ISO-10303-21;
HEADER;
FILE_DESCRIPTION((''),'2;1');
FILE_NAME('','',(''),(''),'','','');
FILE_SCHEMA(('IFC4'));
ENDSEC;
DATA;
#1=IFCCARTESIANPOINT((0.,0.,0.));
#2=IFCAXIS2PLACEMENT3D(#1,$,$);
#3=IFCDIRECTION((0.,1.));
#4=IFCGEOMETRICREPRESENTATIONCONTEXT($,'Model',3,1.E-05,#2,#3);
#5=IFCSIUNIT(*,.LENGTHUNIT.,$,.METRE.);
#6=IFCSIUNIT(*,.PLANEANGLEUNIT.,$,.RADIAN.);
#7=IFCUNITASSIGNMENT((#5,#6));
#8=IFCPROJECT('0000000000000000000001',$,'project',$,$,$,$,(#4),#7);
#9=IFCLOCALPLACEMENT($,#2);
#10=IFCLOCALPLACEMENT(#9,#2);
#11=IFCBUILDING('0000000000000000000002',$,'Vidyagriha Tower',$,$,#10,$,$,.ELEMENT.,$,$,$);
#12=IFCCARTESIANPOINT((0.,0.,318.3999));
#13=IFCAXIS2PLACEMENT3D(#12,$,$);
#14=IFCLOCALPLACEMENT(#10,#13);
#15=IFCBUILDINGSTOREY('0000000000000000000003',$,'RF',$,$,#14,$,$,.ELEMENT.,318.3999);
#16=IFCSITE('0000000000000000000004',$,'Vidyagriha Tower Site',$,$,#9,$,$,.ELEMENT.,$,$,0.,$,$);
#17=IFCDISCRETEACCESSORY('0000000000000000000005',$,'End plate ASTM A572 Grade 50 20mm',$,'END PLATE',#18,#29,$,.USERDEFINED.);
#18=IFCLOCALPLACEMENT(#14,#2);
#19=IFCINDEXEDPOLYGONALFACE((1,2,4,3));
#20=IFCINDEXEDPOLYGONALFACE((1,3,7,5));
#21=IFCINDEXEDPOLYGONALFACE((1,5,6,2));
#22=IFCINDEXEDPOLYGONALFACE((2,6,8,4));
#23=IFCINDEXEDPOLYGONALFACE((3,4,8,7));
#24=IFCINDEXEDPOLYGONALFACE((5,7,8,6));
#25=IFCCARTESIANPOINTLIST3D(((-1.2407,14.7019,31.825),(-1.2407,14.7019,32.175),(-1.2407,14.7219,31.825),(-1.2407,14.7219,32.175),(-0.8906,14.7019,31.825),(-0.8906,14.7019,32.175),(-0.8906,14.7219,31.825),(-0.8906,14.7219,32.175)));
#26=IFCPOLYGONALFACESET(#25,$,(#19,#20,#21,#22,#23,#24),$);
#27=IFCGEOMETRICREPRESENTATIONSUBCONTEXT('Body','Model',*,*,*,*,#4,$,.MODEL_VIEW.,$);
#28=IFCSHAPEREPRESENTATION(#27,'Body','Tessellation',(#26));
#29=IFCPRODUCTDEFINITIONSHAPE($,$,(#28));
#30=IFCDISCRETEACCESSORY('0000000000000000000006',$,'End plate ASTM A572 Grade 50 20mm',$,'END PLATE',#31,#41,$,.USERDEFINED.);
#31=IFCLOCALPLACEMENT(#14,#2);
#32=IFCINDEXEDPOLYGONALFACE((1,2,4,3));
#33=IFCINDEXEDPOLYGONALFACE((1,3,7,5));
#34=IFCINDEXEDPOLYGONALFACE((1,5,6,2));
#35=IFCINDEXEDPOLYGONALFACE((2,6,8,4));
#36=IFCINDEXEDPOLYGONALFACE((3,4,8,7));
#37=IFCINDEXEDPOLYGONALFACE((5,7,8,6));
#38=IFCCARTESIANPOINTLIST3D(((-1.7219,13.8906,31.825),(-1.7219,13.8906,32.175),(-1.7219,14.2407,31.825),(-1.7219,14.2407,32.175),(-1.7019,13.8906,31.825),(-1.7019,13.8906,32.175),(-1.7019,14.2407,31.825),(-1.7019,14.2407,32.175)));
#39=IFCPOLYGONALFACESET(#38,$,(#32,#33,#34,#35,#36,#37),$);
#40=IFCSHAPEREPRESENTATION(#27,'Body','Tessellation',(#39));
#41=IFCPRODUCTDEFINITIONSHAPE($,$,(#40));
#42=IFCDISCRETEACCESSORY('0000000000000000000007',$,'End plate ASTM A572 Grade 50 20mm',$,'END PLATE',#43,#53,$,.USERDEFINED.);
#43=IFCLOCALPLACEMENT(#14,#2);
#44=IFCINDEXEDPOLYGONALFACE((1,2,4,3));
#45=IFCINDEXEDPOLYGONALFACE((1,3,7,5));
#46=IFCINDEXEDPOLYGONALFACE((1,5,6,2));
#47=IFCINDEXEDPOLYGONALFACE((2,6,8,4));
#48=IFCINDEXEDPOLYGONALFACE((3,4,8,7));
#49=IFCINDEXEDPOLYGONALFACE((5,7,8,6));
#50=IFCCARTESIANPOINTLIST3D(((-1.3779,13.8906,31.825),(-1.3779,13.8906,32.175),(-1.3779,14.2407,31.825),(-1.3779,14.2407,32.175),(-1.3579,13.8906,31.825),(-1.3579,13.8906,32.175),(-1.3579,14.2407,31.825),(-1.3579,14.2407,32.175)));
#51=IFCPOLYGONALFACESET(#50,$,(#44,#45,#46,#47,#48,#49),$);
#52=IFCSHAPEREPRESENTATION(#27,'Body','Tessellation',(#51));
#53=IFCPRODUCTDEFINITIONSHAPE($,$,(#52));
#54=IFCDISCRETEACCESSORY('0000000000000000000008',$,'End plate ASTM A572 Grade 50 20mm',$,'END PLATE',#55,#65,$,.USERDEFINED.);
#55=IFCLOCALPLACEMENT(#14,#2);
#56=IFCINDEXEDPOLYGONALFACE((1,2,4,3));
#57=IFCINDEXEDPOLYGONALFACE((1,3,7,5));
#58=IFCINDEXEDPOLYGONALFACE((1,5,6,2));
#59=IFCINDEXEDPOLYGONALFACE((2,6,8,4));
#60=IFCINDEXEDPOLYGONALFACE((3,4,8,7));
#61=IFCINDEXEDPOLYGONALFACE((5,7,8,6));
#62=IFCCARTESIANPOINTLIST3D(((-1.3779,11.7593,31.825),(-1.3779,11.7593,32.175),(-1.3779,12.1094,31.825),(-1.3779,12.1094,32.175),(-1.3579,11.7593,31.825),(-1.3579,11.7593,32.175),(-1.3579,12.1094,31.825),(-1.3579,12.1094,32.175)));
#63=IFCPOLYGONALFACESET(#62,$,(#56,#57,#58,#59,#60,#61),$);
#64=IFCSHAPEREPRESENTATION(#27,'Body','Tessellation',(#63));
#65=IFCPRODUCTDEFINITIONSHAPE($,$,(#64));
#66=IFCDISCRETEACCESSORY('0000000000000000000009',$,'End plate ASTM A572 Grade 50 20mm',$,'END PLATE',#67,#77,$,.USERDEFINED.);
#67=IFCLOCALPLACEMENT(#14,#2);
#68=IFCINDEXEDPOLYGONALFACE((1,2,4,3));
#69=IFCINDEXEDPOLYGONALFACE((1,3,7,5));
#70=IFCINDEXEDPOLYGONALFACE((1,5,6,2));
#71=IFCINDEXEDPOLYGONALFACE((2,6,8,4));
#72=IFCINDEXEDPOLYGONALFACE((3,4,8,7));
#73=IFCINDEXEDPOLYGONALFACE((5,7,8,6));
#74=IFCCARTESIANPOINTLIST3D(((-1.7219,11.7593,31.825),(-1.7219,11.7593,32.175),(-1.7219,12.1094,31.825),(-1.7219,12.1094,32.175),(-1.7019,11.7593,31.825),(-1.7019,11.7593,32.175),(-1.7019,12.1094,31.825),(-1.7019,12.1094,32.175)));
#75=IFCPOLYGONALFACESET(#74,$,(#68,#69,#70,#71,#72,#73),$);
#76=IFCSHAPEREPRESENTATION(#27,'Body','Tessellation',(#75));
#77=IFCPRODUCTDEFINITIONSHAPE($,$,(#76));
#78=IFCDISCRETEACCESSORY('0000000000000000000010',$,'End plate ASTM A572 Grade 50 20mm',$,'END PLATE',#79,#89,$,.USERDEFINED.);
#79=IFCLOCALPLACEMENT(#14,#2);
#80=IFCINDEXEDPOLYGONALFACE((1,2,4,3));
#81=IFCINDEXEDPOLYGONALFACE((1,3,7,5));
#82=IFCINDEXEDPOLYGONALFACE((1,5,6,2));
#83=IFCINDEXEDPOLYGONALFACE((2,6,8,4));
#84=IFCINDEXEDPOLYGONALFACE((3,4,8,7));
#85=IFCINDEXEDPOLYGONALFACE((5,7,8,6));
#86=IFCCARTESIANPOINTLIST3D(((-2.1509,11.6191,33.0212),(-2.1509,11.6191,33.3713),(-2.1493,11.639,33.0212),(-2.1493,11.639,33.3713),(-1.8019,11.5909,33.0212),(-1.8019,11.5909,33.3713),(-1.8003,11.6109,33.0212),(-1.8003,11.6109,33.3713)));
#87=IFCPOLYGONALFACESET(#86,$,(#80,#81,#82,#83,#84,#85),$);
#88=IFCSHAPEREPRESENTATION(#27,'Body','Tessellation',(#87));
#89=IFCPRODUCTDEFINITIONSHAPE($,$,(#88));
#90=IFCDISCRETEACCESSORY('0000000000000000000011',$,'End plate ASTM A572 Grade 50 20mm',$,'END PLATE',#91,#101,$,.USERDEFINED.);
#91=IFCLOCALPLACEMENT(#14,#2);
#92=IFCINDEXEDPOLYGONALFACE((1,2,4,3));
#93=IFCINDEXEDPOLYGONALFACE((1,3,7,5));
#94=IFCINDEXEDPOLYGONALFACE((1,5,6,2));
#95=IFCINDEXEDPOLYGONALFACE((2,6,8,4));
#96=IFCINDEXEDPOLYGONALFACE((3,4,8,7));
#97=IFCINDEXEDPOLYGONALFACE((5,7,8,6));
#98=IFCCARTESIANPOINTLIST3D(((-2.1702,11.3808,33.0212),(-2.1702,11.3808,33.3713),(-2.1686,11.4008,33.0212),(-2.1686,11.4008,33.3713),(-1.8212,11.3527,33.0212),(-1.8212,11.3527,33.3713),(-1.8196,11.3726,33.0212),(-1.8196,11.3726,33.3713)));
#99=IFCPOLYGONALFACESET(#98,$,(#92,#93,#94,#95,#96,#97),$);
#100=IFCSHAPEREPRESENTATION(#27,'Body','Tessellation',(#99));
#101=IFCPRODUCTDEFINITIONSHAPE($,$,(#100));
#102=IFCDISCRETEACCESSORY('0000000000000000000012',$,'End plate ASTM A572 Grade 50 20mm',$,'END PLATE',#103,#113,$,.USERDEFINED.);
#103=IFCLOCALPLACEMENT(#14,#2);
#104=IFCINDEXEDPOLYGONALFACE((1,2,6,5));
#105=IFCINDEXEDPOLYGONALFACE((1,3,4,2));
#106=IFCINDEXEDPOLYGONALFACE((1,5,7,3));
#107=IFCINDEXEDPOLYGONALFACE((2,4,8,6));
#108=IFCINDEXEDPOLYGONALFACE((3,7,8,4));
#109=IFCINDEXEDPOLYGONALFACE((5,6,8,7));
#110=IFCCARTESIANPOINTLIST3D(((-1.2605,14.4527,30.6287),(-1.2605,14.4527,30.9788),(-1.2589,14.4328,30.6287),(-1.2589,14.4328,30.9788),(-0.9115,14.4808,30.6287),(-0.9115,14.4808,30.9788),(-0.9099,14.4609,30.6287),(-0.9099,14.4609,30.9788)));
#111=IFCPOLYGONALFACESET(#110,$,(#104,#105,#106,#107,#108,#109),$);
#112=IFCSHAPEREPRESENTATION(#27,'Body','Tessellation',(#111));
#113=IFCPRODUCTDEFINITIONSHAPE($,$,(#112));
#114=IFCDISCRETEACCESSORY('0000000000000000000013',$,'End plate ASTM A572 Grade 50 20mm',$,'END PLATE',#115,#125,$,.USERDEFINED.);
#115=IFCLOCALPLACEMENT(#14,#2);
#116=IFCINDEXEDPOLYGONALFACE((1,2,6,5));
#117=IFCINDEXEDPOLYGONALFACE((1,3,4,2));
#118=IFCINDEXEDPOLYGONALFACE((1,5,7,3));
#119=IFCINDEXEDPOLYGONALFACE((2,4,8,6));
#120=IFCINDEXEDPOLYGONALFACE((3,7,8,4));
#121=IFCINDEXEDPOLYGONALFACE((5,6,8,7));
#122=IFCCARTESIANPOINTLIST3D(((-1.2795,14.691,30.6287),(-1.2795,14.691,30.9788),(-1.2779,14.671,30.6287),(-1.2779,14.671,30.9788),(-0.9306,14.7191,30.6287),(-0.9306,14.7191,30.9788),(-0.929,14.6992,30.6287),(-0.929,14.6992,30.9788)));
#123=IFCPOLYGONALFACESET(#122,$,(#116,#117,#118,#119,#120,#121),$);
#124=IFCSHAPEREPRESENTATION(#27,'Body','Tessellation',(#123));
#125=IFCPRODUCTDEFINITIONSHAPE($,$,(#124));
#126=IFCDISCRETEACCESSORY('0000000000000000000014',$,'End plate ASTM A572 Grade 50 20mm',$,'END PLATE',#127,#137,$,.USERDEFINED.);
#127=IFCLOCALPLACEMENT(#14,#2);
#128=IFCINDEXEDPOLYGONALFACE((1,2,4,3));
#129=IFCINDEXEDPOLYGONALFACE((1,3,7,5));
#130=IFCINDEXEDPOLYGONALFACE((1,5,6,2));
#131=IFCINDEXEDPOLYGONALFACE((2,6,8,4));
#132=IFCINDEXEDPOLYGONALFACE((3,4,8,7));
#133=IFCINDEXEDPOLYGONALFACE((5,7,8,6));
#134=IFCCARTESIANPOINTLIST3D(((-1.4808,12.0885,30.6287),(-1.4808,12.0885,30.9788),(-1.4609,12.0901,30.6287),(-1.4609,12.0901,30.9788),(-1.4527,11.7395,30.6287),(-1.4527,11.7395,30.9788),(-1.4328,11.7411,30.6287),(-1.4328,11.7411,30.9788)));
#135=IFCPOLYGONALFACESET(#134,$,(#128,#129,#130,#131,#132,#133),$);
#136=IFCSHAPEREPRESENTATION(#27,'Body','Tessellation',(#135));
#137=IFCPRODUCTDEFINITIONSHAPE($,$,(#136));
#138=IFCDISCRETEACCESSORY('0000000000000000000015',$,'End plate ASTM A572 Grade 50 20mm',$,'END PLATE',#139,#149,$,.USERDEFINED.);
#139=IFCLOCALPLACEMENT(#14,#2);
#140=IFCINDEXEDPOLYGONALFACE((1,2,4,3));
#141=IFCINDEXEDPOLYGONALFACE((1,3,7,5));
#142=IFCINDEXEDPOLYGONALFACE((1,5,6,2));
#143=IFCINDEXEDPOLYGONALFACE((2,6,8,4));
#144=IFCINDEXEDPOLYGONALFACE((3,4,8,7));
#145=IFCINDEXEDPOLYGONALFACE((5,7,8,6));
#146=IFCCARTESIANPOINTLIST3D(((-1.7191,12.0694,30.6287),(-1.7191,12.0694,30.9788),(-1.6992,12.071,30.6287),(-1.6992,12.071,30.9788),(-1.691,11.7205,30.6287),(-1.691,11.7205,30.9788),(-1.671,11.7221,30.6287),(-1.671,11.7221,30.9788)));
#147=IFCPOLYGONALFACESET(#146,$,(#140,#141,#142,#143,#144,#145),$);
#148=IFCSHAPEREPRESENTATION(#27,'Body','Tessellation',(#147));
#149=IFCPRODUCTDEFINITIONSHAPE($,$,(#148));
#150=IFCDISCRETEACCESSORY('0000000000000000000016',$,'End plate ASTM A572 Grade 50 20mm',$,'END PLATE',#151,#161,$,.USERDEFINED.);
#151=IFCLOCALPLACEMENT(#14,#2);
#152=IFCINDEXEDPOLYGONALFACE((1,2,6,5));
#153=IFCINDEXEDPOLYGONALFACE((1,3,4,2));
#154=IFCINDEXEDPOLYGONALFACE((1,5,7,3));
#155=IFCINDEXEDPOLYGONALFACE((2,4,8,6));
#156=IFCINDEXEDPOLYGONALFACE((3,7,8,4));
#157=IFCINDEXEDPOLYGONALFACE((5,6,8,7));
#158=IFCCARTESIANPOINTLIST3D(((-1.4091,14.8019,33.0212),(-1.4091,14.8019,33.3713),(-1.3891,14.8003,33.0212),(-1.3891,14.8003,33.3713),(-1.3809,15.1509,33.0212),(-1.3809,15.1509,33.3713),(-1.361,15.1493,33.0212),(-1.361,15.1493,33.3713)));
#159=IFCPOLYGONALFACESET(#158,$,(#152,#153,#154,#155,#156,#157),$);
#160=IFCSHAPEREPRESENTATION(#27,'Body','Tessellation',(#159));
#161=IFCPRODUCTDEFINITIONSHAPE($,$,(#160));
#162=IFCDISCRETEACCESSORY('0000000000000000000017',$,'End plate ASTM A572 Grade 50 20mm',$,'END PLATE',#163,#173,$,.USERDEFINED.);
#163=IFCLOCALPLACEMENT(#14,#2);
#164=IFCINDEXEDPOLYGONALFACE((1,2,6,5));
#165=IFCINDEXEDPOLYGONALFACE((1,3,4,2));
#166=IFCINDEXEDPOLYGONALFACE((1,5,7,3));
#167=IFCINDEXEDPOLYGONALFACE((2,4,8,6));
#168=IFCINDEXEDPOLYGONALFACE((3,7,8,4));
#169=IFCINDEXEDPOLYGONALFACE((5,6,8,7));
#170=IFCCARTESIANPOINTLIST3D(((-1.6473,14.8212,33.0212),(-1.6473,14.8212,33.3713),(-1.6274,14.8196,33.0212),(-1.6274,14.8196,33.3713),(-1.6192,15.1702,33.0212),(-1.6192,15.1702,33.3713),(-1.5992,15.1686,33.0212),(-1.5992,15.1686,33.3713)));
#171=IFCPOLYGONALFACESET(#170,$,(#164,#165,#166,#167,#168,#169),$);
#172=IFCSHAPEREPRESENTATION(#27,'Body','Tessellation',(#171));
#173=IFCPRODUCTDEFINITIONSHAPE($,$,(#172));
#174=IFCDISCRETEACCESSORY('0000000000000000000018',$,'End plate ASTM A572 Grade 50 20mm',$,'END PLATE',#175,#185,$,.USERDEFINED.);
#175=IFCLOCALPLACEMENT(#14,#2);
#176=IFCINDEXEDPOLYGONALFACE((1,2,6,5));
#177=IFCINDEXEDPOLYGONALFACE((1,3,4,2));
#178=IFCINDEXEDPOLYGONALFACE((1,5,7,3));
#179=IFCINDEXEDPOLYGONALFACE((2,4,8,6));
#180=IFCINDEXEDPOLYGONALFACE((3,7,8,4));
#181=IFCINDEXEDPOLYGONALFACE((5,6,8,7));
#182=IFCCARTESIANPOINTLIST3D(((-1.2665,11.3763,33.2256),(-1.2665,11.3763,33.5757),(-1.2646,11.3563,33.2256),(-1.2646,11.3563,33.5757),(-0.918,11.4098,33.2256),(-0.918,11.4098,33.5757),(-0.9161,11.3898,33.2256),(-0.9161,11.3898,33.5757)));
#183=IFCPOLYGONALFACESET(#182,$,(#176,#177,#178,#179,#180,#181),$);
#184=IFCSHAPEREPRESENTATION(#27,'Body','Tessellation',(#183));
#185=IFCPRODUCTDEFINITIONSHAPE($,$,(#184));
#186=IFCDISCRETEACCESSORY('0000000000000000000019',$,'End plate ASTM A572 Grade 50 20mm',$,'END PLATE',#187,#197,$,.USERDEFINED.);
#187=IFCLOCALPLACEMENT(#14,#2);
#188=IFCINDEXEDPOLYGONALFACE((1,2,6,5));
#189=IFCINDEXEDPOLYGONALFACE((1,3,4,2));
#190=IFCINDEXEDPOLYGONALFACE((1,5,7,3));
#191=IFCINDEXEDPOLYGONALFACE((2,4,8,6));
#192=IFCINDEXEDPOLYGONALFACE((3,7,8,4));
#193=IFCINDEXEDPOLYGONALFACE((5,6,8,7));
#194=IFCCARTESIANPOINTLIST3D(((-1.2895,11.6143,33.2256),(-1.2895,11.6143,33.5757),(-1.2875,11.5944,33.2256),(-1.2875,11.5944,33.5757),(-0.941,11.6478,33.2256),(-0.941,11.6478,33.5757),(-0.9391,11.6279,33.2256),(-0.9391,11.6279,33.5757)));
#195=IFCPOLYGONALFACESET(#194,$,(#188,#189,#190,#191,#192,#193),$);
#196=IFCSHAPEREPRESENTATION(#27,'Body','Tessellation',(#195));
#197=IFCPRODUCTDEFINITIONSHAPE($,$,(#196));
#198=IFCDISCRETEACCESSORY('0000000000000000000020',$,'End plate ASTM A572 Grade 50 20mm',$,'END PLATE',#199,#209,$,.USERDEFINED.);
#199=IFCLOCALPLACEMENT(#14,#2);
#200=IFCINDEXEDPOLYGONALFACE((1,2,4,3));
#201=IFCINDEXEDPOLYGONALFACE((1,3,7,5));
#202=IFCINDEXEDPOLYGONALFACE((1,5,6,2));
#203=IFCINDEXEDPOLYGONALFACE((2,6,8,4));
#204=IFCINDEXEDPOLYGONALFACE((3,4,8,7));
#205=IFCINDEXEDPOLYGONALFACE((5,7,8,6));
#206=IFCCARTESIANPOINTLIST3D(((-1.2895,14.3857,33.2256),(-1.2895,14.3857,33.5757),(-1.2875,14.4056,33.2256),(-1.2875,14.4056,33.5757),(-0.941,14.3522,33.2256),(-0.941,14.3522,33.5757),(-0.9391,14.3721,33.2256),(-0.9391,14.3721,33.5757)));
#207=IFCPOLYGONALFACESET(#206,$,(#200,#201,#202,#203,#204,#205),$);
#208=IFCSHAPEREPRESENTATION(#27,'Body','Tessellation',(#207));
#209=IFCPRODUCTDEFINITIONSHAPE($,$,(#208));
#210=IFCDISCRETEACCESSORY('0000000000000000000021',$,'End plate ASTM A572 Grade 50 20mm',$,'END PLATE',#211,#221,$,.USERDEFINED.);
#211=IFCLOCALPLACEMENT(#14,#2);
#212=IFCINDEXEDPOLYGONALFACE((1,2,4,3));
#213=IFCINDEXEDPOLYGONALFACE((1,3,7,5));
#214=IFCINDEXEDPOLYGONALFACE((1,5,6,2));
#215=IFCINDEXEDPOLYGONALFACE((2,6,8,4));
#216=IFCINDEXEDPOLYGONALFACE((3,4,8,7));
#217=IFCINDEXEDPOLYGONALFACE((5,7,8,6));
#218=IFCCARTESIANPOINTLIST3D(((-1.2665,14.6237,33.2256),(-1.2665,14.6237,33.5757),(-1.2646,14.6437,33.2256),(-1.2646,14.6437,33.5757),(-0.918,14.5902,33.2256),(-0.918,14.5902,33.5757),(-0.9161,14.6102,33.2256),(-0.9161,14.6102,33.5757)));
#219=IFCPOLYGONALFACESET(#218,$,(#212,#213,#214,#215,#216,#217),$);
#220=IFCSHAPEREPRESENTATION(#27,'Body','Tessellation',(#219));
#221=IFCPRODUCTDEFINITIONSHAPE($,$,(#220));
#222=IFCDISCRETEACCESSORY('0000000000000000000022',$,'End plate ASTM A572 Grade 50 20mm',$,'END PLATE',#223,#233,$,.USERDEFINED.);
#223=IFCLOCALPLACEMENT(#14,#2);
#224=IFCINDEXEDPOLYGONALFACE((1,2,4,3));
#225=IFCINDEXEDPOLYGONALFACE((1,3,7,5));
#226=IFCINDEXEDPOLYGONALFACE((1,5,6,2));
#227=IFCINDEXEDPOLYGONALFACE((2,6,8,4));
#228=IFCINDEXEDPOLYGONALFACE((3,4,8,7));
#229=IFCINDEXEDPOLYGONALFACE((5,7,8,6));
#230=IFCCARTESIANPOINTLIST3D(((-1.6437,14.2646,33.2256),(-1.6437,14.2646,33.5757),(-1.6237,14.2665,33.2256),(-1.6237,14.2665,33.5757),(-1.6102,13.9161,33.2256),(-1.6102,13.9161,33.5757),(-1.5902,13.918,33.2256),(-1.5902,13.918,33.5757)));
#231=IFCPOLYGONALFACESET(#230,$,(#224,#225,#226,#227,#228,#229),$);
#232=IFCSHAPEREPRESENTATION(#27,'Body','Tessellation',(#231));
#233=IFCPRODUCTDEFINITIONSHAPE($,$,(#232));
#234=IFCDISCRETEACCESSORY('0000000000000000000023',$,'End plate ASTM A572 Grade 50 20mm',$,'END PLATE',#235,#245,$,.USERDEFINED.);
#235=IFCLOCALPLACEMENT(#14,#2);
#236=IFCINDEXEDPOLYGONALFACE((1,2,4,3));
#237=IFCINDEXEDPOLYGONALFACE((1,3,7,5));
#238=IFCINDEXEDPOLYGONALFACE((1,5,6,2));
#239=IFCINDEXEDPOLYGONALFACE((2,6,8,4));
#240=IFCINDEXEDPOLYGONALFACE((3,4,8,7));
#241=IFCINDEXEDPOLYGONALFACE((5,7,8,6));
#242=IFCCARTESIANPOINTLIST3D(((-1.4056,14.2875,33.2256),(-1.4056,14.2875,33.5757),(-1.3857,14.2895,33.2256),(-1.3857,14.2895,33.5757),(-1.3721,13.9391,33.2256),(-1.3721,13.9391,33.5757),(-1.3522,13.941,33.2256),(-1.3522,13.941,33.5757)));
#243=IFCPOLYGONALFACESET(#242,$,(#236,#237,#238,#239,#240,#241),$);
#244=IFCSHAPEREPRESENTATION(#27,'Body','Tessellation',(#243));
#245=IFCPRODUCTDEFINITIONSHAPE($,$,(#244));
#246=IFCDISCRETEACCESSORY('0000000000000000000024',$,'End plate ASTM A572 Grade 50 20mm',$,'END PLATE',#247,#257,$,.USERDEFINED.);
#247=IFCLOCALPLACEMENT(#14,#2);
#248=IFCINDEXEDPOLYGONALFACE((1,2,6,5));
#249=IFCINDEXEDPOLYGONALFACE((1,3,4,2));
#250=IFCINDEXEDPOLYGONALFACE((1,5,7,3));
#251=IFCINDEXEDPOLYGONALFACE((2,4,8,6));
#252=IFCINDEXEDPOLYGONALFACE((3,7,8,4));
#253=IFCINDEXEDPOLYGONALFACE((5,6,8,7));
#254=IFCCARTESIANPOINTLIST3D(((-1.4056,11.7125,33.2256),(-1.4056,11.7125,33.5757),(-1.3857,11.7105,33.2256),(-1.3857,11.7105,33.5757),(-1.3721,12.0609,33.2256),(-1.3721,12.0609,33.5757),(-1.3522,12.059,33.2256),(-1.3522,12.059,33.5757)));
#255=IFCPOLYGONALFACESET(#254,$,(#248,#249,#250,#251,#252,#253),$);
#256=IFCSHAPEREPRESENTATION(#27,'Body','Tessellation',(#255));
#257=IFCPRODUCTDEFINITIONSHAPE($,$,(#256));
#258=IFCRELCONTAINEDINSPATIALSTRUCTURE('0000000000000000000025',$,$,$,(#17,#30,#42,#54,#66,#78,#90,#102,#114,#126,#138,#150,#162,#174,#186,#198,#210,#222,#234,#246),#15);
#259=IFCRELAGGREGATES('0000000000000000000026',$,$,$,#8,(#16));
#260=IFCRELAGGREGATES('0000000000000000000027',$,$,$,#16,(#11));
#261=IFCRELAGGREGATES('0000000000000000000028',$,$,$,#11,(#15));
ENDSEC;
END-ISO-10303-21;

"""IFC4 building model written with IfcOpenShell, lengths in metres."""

from ifc_helpers import new_model, si_unit, direction, frame, origin, origin_2d, place, context, subcontext, project, spatial, rectangle, extrude, element, save


model = new_model("IFC4")

# Units and contexts
model_context = context("Model", 3, precision=1e-05, world=origin(), true_north=direction((0.0, 1.0)))
body_context = subcontext(model_context, "Body", "Model", "MODEL_VIEW")
ifc_project = project(units=[si_unit("LENGTHUNIT", "METRE"), si_unit("PLANEANGLEUNIT", "RADIAN")], contexts=[model_context])

# Site, building, storey
site_placement = place(None, origin())
site = spatial("IfcSite", under=ifc_project, at=site_placement, Name="Vidyagriha Tower Site", CompositionType="ELEMENT", RefElevation=0.0)
building_placement = place(site_placement, origin())
building = spatial("IfcBuilding", under=site, at=building_placement, Name="Vidyagriha Tower", CompositionType="ELEMENT")
storey_placement = place(building_placement, frame((0.0, 0.0, 318.3999)))
storey = spatial("IfcBuildingStorey", under=building, at=storey_placement, Name="RF", CompositionType="ELEMENT", Elevation=318.3999)

# Discrete accessories
for number, where, z_axis, x_axis, name in (
    (1, (-1.0657, 14.7119, 31.825), (0.0, 0.0, 1.0), (-1.0, 0.0, 0.0), "End plate ASTM A572 Grade 50 20mm"),
    (2, (-1.7119, 14.0657, 31.825), (0.0, 0.0, 1.0), (0.0, 1.0, 0.0), "End plate ASTM A572 Grade 50 20mm"),
    (3, (-1.3679, 14.0657, 31.825), (0.0, 0.0, 1.0), (0.0, 1.0, 0.0), "End plate ASTM A572 Grade 50 20mm"),
    (4, (-1.3679, 11.9343, 31.825), (0.0, 0.0, 1.0), (0.0, -1.0, 0.0), "End plate ASTM A572 Grade 50 20mm"),
    (5, (-1.7119, 11.9343, 31.825), (0.0, 0.0, 1.0), (0.0, -1.0, 0.0), "End plate ASTM A572 Grade 50 20mm"),
    (6, (-1.9756, 11.615, 33.0212), (0.0, 0.0, 1.0), (0.996767, -0.080349, 0.0), "End plate ASTM A572 Grade 50 20mm"),
    (7, (-1.9949, 11.3767, 33.0212), (0.0, 0.0, 1.0), (0.996767, -0.080349, 0.0), "End plate ASTM A572 Grade 50 20mm"),
    (8, (-1.0852, 14.4568, 30.6287), (0.0, 0.0, 1.0), (-0.996769, -0.080315, 0.0), "End plate ASTM A572 Grade 50 20mm"),
    (9, (-1.1042, 14.6951, 30.6287), (0.0, 0.0, 1.0), (-0.996769, -0.080315, 0.0), "End plate ASTM A572 Grade 50 20mm"),
    (10, (-1.4568, 11.9148, 30.6287), (0.0, 0.0, 1.0), (0.080315, -0.996769, 0.0), "End plate ASTM A572 Grade 50 20mm"),
    (11, (-1.6951, 11.8958, 30.6287), (0.0, 0.0, 1.0), (0.080315, -0.996769, 0.0), "End plate ASTM A572 Grade 50 20mm"),
    (12, (-1.385, 14.9756, 33.0212), (0.0, 0.0, 1.0), (-0.080349, -0.996767, 0.0), "End plate ASTM A572 Grade 50 20mm"),
    (13, (-1.6233, 14.9949, 33.0212), (0.0, 0.0, 1.0), (-0.080349, -0.996767, 0.0), "End plate ASTM A572 Grade 50 20mm"),
    (14, (-1.0913, 11.3831, 33.2256), (0.0, 0.0, 1.0), (-0.995415, -0.095648, 0.0), "End plate ASTM A572 Grade 50 20mm"),
    (15, (-1.1143, 11.6211, 33.2256), (0.0, 0.0, 1.0), (-0.995415, -0.095648, 0.0), "End plate ASTM A572 Grade 50 20mm"),
    (16, (-1.1143, 14.3789, 33.2256), (0.0, 0.0, 1.0), (-0.995415, 0.095648, 0.0), "End plate ASTM A572 Grade 50 20mm"),
    (17, (-1.0913, 14.6169, 33.2256), (0.0, 0.0, 1.0), (-0.995415, 0.095648, 0.0), "End plate ASTM A572 Grade 50 20mm"),
    (18, (-1.6169, 14.0913, 33.2256), (0.0, 0.0, 1.0), (-0.095648, 0.995415, 0.0), "End plate ASTM A572 Grade 50 20mm"),
    (19, (-1.3789, 14.1143, 33.2256), (0.0, 0.0, 1.0), (-0.095648, 0.995415, 0.0), "End plate ASTM A572 Grade 50 20mm"),
    (20, (-1.3789, 11.8857, 33.2256), (0.0, 0.0, 1.0), (-0.095648, -0.995415, 0.0), "End plate ASTM A572 Grade 50 20mm"),
):
    element("IfcDiscreteAccessory", number, at=place(storey_placement, frame(where, z_axis=z_axis, x_axis=x_axis)), inside=storey, Name=name, ObjectType="END PLATE", PredefinedType="USERDEFINED", context=body_context, shape_type="SweptSolid", body=[
        extrude(rectangle(XDim=0.3501, YDim=0.02, at=origin_2d()), origin(), (0.0, 0.0, 1.0), 0.3501),
    ])

save(model, "model.ifc")
